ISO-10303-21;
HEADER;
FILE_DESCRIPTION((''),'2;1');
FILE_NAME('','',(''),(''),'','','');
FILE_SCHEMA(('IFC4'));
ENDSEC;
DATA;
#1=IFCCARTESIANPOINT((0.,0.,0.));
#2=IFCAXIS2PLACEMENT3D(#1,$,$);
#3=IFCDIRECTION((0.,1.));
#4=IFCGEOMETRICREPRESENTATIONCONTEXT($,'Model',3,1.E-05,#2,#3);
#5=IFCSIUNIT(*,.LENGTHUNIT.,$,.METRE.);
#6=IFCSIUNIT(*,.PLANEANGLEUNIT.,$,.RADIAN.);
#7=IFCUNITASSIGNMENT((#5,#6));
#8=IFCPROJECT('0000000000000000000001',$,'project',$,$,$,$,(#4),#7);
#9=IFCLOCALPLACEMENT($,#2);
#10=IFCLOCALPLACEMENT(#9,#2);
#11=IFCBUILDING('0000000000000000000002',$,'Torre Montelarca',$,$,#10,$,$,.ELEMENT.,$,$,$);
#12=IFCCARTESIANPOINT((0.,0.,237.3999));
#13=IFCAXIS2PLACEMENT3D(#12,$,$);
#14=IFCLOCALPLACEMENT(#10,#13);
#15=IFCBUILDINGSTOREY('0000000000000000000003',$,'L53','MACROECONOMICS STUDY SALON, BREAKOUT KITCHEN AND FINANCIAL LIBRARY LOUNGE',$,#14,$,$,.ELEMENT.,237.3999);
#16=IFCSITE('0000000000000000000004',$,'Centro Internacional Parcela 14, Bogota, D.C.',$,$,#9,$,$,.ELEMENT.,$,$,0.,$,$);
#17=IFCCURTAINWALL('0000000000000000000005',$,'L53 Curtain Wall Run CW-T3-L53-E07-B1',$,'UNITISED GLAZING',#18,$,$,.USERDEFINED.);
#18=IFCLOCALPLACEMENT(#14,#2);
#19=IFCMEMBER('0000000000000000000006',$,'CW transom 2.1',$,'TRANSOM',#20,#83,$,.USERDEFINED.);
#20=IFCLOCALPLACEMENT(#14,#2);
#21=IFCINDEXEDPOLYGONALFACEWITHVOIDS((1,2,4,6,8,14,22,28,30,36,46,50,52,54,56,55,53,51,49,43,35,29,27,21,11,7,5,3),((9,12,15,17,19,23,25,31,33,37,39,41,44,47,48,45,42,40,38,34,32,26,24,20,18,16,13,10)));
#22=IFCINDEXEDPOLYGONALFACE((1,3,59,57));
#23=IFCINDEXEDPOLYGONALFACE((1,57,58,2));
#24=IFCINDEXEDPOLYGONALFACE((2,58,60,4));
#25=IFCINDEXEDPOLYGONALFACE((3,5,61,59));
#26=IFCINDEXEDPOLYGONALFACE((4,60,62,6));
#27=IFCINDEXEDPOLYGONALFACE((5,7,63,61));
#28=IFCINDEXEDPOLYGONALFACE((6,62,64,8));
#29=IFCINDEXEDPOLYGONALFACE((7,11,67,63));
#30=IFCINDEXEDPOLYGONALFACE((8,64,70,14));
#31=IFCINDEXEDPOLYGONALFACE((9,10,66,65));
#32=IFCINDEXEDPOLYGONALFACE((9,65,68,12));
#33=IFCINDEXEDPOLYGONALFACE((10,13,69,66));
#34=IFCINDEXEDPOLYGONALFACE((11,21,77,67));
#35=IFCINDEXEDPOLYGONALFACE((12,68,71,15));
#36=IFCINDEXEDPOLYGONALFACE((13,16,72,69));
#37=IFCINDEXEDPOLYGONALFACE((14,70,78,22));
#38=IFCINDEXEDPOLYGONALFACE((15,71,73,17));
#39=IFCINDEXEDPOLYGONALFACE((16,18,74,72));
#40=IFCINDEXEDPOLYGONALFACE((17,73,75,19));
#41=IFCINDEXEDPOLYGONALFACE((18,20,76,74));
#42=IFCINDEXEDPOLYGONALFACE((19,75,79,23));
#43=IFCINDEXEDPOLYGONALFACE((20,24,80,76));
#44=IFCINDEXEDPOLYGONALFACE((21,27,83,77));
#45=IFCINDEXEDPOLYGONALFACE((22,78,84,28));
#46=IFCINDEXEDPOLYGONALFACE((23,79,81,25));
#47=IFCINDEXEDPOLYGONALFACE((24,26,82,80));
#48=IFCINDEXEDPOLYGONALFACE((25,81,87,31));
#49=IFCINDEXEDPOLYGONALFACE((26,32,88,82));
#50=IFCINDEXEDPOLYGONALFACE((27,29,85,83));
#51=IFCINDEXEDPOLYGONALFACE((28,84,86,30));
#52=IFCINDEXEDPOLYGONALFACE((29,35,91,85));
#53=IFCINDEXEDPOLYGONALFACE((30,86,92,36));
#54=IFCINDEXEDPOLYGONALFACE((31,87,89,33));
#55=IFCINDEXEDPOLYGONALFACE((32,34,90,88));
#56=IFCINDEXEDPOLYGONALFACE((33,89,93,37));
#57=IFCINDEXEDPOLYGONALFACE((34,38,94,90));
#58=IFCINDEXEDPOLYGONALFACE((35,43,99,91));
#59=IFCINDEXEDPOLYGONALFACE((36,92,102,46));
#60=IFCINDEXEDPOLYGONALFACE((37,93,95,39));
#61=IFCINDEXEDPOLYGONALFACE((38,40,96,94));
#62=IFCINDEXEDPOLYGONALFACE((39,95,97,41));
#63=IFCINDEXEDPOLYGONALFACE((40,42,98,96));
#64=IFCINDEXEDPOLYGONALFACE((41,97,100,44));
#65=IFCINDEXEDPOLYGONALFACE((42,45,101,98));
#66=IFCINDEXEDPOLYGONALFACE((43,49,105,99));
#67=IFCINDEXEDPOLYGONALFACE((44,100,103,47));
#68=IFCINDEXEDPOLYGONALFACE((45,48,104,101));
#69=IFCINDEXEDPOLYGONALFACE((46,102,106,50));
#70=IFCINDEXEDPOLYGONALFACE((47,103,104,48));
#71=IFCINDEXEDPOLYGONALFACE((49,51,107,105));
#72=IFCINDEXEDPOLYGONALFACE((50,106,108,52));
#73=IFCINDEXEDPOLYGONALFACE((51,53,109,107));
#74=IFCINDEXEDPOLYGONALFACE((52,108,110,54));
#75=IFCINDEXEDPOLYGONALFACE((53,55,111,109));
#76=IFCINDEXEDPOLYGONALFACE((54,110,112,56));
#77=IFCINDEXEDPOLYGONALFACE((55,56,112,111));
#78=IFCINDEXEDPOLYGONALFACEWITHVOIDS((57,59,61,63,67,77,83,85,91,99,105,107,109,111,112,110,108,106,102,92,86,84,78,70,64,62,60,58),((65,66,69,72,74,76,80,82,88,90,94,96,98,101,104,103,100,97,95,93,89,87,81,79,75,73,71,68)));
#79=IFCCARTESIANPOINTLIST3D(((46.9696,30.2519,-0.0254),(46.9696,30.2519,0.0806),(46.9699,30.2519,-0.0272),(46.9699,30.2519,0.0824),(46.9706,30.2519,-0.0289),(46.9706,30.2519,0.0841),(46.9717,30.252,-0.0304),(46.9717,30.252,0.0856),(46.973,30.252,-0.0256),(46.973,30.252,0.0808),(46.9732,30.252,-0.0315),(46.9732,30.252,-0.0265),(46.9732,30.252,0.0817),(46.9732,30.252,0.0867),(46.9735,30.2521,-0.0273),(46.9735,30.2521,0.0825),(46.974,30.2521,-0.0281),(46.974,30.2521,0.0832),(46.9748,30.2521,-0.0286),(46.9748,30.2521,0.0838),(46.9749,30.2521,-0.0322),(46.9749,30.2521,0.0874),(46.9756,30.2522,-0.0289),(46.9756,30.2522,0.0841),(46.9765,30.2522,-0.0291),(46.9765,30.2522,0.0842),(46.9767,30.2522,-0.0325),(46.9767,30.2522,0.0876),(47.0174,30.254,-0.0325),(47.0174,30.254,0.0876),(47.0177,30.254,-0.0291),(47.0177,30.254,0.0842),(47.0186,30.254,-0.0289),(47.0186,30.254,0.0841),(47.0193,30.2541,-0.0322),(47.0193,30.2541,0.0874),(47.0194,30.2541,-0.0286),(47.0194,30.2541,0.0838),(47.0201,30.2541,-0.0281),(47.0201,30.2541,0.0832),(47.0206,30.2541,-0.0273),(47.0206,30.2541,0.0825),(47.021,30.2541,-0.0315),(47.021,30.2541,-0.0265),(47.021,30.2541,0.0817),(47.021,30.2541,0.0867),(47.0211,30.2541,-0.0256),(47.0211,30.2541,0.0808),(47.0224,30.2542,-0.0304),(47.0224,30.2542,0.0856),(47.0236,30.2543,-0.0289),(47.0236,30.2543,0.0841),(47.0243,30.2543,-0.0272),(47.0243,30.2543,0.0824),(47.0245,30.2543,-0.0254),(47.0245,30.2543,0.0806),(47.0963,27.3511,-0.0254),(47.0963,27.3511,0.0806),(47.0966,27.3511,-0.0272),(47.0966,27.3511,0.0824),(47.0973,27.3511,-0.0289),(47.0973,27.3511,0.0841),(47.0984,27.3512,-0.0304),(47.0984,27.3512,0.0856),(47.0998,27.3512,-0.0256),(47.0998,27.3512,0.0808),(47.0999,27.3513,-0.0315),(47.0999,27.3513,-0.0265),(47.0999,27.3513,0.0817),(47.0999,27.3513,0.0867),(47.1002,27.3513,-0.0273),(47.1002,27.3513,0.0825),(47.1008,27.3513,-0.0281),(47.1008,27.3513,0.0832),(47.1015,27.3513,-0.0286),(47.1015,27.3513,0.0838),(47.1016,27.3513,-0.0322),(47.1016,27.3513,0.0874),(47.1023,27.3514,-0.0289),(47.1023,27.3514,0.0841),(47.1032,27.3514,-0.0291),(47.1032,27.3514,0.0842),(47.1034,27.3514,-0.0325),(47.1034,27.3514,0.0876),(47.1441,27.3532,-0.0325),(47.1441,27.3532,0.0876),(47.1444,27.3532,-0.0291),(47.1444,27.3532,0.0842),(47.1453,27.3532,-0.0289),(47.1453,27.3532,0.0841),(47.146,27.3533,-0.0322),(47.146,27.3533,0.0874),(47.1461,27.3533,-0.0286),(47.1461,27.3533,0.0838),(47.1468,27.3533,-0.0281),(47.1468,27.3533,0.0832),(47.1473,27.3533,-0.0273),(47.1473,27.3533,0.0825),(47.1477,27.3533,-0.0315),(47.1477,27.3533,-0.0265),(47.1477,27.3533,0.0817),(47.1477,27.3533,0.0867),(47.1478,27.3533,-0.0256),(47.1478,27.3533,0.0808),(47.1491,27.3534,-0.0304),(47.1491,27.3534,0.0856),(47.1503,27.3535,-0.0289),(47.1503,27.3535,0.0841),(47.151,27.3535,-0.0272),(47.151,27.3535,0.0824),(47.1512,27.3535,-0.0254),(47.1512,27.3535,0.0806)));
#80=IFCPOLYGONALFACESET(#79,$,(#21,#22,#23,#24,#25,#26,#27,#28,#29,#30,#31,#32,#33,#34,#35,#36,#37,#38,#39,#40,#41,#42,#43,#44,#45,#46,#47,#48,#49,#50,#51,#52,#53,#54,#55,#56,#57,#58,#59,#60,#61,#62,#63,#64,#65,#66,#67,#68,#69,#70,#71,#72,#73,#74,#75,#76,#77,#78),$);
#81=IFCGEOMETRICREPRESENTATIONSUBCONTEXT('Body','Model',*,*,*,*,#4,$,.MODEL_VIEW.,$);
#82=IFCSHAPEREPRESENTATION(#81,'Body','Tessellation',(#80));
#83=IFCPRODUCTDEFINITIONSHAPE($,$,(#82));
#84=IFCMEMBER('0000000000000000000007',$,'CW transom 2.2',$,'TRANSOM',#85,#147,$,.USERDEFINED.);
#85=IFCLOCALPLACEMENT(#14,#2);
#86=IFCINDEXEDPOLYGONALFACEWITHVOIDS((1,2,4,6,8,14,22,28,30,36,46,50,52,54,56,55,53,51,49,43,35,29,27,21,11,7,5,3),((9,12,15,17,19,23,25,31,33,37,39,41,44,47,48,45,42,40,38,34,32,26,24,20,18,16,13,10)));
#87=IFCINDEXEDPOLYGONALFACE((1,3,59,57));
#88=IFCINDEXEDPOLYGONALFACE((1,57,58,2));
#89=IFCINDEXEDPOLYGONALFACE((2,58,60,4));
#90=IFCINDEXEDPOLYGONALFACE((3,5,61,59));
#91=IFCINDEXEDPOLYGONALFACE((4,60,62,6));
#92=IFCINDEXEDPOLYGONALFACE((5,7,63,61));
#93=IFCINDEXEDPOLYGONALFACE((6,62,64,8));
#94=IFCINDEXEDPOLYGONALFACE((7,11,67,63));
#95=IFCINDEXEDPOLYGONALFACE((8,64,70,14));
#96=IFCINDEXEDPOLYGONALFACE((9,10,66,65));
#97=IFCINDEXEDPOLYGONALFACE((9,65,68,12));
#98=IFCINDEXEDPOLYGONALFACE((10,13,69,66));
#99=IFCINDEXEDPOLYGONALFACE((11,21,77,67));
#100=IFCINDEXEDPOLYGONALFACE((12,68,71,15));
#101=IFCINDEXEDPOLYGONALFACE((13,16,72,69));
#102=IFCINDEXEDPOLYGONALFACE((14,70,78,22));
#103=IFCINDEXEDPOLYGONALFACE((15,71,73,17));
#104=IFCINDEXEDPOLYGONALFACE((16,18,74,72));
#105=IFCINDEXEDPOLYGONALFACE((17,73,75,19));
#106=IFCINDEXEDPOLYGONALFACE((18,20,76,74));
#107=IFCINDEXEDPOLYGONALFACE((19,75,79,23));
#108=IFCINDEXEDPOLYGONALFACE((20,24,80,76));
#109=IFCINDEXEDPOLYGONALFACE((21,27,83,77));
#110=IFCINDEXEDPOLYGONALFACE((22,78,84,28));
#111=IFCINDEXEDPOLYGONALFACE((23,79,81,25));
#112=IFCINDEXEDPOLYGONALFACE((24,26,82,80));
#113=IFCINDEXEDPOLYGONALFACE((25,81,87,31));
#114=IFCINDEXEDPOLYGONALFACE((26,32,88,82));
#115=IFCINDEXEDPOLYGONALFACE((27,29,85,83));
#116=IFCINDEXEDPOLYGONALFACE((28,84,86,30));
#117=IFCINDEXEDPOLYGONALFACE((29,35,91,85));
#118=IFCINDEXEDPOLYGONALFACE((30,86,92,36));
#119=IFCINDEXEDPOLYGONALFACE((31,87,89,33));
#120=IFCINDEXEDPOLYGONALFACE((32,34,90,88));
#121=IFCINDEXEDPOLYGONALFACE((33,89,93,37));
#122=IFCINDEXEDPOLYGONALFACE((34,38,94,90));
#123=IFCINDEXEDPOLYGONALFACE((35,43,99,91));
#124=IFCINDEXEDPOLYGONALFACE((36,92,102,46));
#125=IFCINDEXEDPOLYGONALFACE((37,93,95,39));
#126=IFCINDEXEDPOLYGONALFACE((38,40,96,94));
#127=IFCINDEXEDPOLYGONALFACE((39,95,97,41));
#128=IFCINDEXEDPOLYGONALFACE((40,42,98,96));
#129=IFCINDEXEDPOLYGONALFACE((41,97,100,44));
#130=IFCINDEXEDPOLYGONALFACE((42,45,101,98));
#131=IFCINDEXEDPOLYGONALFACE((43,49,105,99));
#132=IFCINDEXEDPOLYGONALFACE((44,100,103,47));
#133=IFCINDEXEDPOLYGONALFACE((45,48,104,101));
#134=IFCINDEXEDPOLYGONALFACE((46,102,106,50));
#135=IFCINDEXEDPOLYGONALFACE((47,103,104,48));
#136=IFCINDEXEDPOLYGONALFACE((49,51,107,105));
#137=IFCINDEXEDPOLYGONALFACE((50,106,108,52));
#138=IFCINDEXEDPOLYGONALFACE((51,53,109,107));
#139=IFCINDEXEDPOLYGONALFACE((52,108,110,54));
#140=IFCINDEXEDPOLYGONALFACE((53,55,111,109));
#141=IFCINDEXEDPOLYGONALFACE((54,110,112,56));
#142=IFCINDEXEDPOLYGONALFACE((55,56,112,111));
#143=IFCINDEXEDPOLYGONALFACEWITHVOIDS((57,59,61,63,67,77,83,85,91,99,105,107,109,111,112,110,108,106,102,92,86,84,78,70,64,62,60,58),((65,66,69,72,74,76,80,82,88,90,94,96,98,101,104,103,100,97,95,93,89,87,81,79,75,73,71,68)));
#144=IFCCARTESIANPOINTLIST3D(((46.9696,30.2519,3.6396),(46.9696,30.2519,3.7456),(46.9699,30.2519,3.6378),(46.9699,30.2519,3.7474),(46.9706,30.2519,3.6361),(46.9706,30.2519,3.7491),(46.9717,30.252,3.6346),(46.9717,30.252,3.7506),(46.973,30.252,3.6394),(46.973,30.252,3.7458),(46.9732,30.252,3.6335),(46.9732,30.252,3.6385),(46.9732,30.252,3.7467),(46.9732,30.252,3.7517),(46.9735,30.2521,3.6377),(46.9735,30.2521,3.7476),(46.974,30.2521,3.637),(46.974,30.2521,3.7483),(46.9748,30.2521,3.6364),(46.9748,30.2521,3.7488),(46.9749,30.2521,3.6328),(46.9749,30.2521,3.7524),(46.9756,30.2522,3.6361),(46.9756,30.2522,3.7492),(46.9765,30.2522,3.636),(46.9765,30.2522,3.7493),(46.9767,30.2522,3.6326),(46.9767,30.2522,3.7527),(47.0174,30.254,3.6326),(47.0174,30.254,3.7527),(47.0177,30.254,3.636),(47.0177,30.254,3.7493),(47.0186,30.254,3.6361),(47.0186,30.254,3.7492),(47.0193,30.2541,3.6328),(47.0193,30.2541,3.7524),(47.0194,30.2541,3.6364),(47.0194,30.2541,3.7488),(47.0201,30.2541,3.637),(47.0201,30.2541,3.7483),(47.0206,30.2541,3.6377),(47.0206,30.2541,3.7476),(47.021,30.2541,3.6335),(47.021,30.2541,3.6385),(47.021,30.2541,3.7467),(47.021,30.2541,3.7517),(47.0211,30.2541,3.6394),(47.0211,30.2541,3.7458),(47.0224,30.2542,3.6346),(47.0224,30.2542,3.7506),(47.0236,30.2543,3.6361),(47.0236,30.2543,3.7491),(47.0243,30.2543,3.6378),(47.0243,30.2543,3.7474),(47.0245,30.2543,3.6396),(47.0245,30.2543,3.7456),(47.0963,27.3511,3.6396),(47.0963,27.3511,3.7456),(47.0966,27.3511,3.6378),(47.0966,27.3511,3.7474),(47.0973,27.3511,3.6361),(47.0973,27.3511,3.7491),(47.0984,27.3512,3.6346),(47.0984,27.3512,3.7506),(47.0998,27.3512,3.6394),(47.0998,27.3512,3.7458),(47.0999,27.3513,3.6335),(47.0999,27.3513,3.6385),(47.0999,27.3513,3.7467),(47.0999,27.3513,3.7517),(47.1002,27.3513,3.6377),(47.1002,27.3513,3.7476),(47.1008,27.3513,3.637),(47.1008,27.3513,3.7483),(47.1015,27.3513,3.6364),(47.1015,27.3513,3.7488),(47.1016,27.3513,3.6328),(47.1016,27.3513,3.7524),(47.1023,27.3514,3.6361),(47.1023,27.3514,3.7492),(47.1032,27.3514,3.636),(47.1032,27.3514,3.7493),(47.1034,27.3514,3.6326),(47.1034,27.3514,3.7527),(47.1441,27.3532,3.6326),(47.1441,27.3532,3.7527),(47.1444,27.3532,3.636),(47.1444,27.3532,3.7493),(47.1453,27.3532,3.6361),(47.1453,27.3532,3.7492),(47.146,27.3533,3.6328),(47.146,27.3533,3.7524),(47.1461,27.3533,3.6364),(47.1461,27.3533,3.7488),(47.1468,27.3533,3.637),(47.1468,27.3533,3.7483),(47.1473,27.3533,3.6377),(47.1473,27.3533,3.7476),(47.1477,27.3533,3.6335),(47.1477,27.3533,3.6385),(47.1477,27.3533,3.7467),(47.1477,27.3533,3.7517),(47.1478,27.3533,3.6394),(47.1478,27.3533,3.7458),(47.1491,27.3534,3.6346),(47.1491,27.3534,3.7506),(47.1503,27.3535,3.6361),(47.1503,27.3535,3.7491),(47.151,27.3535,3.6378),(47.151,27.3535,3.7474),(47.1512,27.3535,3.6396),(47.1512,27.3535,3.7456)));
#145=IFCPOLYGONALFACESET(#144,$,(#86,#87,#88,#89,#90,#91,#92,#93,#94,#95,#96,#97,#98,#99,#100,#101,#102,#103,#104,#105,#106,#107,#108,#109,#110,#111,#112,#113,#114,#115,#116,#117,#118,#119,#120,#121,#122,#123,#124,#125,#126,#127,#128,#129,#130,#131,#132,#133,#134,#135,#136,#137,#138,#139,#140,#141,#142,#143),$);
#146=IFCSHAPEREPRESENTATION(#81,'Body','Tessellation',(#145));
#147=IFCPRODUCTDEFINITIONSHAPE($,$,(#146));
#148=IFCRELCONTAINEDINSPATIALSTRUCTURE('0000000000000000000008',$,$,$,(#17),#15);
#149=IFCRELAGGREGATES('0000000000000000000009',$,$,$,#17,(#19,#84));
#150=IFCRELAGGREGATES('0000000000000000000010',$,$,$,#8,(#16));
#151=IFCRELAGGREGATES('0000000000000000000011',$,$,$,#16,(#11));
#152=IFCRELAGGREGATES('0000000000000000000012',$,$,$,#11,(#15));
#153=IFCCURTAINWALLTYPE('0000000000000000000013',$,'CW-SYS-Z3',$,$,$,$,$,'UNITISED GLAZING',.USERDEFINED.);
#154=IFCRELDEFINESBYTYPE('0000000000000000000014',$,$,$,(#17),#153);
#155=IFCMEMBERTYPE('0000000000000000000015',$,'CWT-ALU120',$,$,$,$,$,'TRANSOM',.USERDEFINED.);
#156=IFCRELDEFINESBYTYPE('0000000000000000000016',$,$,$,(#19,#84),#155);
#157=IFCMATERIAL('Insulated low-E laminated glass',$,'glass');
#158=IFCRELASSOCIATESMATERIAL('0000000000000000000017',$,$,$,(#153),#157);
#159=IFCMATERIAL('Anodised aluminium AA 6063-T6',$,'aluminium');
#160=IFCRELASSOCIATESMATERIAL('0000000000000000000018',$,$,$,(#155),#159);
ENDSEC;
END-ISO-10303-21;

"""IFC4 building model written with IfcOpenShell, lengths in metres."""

from ifc_helpers import new_model, si_unit, direction, frame, origin, origin_2d, place, context, subcontext, project, spatial, hollow_rectangle, extrude, source, transform, mapped, material, material_profile, profile_set, type_object, element, aggregate, save


model = new_model("IFC4")

# Units and contexts
model_context = context("Model", 3, precision=1e-05, world=origin(), true_north=direction((0.0, 1.0)))
body_context = subcontext(model_context, "Body", "Model", "MODEL_VIEW")
ifc_project = project(units=[si_unit("LENGTHUNIT", "METRE"), si_unit("PLANEANGLEUNIT", "RADIAN")], contexts=[model_context])

# Site, building, storey
site_placement = place(None, origin())
site = spatial("IfcSite", under=ifc_project, at=site_placement, Name="Centro Internacional Parcela 14, Bogota, D.C.", CompositionType="ELEMENT", RefElevation=0.0)
building_placement = place(site_placement, origin())
building = spatial("IfcBuilding", under=site, at=building_placement, Name="Torre Montelarca", CompositionType="ELEMENT")
storey_placement = place(building_placement, frame((0.0, 0.0, 237.3999)))
storey = spatial("IfcBuildingStorey", under=building, at=storey_placement, Name="L53", Description="MACROECONOMICS STUDY SALON, BREAKOUT KITCHEN AND FINANCIAL LIBRARY LOUNGE", CompositionType="ELEMENT", Elevation=237.3999)

# Curtain wall, members
ifc_material_1 = material(Name="Insulated low-E laminated glass", Category="glass")
curtain_wall_type = type_object("IfcCurtainWallType", Name="CW-SYS-Z3", ElementType="UNITISED GLAZING", PredefinedType="USERDEFINED", material=ifc_material_1)
curtain_wall_1_placement = place(storey_placement, origin())
curtain_wall_1 = element("IfcCurtainWall", 1, at=curtain_wall_1_placement, inside=storey, type_object=curtain_wall_type, Name="L53 Curtain Wall Run CW-T3-L53-E07-B1", ObjectType="UNITISED GLAZING", PredefinedType="USERDEFINED")
ifc_material_2 = material(Name="Anodised aluminium AA 6063-T6", Category="aluminium")
ifc_material_profile_1 = material_profile(ifc_material_2, hollow_rectangle(XDim=0.0549, YDim=0.1201, WallThickness=0.0034, InnerFilletRadius=0.0034, OuterFilletRadius=0.0071, at=origin_2d()), Name="ALU55X120X3.5", Category="aluminium")
ifc_profile_set_1 = profile_set([ifc_material_profile_1], Name="Anodised aluminium AA 6063-T6")
member_type_1 = type_object("IfcMemberType", Name="CWT-ALU120", ElementType="TRANSOM", PredefinedType="USERDEFINED", material=ifc_profile_set_1)
shared_shape_1 = source(origin(), body_context, "Body", "SweptSolid", [
    extrude(hollow_rectangle(XDim=0.0549, YDim=0.1201, WallThickness=0.0034, InnerFilletRadius=0.0034, OuterFilletRadius=0.0071, at=origin_2d()), origin(), (0.0, 0.0, 1.0), 2.9036),
])
member_1_placement = place(storey_placement, frame((47.1238, 27.3523, 0.0276), z_axis=(-0.043638, 0.999047, 0.0), x_axis=(-0.999047, -0.043638, 0.0)))
member_1 = element("IfcMember", 2, at=member_1_placement, type_object=member_type_1, Name="CW transom 2.1", ObjectType="TRANSOM", PredefinedType="USERDEFINED", context=body_context, shape_type="MappedRepresentation", body=[
    mapped(shared_shape_1, transform((0.0, 0.0, 0.0), scale=1.0)),
])
member_2_placement = place(storey_placement, frame((47.1238, 27.3523, 3.6926), z_axis=(-0.043638, 0.999047, 0.0), x_axis=(-0.999047, -0.043638, 0.0)))
member_2 = element("IfcMember", 3, at=member_2_placement, type_object=member_type_1, Name="CW transom 2.2", ObjectType="TRANSOM", PredefinedType="USERDEFINED", context=body_context, shape_type="MappedRepresentation", body=[
    mapped(shared_shape_1, transform((0.0, 0.0, 0.0), scale=1.0)),
])

aggregate(curtain_wall_1, [member_1, member_2])

save(model, "model.ifc")
